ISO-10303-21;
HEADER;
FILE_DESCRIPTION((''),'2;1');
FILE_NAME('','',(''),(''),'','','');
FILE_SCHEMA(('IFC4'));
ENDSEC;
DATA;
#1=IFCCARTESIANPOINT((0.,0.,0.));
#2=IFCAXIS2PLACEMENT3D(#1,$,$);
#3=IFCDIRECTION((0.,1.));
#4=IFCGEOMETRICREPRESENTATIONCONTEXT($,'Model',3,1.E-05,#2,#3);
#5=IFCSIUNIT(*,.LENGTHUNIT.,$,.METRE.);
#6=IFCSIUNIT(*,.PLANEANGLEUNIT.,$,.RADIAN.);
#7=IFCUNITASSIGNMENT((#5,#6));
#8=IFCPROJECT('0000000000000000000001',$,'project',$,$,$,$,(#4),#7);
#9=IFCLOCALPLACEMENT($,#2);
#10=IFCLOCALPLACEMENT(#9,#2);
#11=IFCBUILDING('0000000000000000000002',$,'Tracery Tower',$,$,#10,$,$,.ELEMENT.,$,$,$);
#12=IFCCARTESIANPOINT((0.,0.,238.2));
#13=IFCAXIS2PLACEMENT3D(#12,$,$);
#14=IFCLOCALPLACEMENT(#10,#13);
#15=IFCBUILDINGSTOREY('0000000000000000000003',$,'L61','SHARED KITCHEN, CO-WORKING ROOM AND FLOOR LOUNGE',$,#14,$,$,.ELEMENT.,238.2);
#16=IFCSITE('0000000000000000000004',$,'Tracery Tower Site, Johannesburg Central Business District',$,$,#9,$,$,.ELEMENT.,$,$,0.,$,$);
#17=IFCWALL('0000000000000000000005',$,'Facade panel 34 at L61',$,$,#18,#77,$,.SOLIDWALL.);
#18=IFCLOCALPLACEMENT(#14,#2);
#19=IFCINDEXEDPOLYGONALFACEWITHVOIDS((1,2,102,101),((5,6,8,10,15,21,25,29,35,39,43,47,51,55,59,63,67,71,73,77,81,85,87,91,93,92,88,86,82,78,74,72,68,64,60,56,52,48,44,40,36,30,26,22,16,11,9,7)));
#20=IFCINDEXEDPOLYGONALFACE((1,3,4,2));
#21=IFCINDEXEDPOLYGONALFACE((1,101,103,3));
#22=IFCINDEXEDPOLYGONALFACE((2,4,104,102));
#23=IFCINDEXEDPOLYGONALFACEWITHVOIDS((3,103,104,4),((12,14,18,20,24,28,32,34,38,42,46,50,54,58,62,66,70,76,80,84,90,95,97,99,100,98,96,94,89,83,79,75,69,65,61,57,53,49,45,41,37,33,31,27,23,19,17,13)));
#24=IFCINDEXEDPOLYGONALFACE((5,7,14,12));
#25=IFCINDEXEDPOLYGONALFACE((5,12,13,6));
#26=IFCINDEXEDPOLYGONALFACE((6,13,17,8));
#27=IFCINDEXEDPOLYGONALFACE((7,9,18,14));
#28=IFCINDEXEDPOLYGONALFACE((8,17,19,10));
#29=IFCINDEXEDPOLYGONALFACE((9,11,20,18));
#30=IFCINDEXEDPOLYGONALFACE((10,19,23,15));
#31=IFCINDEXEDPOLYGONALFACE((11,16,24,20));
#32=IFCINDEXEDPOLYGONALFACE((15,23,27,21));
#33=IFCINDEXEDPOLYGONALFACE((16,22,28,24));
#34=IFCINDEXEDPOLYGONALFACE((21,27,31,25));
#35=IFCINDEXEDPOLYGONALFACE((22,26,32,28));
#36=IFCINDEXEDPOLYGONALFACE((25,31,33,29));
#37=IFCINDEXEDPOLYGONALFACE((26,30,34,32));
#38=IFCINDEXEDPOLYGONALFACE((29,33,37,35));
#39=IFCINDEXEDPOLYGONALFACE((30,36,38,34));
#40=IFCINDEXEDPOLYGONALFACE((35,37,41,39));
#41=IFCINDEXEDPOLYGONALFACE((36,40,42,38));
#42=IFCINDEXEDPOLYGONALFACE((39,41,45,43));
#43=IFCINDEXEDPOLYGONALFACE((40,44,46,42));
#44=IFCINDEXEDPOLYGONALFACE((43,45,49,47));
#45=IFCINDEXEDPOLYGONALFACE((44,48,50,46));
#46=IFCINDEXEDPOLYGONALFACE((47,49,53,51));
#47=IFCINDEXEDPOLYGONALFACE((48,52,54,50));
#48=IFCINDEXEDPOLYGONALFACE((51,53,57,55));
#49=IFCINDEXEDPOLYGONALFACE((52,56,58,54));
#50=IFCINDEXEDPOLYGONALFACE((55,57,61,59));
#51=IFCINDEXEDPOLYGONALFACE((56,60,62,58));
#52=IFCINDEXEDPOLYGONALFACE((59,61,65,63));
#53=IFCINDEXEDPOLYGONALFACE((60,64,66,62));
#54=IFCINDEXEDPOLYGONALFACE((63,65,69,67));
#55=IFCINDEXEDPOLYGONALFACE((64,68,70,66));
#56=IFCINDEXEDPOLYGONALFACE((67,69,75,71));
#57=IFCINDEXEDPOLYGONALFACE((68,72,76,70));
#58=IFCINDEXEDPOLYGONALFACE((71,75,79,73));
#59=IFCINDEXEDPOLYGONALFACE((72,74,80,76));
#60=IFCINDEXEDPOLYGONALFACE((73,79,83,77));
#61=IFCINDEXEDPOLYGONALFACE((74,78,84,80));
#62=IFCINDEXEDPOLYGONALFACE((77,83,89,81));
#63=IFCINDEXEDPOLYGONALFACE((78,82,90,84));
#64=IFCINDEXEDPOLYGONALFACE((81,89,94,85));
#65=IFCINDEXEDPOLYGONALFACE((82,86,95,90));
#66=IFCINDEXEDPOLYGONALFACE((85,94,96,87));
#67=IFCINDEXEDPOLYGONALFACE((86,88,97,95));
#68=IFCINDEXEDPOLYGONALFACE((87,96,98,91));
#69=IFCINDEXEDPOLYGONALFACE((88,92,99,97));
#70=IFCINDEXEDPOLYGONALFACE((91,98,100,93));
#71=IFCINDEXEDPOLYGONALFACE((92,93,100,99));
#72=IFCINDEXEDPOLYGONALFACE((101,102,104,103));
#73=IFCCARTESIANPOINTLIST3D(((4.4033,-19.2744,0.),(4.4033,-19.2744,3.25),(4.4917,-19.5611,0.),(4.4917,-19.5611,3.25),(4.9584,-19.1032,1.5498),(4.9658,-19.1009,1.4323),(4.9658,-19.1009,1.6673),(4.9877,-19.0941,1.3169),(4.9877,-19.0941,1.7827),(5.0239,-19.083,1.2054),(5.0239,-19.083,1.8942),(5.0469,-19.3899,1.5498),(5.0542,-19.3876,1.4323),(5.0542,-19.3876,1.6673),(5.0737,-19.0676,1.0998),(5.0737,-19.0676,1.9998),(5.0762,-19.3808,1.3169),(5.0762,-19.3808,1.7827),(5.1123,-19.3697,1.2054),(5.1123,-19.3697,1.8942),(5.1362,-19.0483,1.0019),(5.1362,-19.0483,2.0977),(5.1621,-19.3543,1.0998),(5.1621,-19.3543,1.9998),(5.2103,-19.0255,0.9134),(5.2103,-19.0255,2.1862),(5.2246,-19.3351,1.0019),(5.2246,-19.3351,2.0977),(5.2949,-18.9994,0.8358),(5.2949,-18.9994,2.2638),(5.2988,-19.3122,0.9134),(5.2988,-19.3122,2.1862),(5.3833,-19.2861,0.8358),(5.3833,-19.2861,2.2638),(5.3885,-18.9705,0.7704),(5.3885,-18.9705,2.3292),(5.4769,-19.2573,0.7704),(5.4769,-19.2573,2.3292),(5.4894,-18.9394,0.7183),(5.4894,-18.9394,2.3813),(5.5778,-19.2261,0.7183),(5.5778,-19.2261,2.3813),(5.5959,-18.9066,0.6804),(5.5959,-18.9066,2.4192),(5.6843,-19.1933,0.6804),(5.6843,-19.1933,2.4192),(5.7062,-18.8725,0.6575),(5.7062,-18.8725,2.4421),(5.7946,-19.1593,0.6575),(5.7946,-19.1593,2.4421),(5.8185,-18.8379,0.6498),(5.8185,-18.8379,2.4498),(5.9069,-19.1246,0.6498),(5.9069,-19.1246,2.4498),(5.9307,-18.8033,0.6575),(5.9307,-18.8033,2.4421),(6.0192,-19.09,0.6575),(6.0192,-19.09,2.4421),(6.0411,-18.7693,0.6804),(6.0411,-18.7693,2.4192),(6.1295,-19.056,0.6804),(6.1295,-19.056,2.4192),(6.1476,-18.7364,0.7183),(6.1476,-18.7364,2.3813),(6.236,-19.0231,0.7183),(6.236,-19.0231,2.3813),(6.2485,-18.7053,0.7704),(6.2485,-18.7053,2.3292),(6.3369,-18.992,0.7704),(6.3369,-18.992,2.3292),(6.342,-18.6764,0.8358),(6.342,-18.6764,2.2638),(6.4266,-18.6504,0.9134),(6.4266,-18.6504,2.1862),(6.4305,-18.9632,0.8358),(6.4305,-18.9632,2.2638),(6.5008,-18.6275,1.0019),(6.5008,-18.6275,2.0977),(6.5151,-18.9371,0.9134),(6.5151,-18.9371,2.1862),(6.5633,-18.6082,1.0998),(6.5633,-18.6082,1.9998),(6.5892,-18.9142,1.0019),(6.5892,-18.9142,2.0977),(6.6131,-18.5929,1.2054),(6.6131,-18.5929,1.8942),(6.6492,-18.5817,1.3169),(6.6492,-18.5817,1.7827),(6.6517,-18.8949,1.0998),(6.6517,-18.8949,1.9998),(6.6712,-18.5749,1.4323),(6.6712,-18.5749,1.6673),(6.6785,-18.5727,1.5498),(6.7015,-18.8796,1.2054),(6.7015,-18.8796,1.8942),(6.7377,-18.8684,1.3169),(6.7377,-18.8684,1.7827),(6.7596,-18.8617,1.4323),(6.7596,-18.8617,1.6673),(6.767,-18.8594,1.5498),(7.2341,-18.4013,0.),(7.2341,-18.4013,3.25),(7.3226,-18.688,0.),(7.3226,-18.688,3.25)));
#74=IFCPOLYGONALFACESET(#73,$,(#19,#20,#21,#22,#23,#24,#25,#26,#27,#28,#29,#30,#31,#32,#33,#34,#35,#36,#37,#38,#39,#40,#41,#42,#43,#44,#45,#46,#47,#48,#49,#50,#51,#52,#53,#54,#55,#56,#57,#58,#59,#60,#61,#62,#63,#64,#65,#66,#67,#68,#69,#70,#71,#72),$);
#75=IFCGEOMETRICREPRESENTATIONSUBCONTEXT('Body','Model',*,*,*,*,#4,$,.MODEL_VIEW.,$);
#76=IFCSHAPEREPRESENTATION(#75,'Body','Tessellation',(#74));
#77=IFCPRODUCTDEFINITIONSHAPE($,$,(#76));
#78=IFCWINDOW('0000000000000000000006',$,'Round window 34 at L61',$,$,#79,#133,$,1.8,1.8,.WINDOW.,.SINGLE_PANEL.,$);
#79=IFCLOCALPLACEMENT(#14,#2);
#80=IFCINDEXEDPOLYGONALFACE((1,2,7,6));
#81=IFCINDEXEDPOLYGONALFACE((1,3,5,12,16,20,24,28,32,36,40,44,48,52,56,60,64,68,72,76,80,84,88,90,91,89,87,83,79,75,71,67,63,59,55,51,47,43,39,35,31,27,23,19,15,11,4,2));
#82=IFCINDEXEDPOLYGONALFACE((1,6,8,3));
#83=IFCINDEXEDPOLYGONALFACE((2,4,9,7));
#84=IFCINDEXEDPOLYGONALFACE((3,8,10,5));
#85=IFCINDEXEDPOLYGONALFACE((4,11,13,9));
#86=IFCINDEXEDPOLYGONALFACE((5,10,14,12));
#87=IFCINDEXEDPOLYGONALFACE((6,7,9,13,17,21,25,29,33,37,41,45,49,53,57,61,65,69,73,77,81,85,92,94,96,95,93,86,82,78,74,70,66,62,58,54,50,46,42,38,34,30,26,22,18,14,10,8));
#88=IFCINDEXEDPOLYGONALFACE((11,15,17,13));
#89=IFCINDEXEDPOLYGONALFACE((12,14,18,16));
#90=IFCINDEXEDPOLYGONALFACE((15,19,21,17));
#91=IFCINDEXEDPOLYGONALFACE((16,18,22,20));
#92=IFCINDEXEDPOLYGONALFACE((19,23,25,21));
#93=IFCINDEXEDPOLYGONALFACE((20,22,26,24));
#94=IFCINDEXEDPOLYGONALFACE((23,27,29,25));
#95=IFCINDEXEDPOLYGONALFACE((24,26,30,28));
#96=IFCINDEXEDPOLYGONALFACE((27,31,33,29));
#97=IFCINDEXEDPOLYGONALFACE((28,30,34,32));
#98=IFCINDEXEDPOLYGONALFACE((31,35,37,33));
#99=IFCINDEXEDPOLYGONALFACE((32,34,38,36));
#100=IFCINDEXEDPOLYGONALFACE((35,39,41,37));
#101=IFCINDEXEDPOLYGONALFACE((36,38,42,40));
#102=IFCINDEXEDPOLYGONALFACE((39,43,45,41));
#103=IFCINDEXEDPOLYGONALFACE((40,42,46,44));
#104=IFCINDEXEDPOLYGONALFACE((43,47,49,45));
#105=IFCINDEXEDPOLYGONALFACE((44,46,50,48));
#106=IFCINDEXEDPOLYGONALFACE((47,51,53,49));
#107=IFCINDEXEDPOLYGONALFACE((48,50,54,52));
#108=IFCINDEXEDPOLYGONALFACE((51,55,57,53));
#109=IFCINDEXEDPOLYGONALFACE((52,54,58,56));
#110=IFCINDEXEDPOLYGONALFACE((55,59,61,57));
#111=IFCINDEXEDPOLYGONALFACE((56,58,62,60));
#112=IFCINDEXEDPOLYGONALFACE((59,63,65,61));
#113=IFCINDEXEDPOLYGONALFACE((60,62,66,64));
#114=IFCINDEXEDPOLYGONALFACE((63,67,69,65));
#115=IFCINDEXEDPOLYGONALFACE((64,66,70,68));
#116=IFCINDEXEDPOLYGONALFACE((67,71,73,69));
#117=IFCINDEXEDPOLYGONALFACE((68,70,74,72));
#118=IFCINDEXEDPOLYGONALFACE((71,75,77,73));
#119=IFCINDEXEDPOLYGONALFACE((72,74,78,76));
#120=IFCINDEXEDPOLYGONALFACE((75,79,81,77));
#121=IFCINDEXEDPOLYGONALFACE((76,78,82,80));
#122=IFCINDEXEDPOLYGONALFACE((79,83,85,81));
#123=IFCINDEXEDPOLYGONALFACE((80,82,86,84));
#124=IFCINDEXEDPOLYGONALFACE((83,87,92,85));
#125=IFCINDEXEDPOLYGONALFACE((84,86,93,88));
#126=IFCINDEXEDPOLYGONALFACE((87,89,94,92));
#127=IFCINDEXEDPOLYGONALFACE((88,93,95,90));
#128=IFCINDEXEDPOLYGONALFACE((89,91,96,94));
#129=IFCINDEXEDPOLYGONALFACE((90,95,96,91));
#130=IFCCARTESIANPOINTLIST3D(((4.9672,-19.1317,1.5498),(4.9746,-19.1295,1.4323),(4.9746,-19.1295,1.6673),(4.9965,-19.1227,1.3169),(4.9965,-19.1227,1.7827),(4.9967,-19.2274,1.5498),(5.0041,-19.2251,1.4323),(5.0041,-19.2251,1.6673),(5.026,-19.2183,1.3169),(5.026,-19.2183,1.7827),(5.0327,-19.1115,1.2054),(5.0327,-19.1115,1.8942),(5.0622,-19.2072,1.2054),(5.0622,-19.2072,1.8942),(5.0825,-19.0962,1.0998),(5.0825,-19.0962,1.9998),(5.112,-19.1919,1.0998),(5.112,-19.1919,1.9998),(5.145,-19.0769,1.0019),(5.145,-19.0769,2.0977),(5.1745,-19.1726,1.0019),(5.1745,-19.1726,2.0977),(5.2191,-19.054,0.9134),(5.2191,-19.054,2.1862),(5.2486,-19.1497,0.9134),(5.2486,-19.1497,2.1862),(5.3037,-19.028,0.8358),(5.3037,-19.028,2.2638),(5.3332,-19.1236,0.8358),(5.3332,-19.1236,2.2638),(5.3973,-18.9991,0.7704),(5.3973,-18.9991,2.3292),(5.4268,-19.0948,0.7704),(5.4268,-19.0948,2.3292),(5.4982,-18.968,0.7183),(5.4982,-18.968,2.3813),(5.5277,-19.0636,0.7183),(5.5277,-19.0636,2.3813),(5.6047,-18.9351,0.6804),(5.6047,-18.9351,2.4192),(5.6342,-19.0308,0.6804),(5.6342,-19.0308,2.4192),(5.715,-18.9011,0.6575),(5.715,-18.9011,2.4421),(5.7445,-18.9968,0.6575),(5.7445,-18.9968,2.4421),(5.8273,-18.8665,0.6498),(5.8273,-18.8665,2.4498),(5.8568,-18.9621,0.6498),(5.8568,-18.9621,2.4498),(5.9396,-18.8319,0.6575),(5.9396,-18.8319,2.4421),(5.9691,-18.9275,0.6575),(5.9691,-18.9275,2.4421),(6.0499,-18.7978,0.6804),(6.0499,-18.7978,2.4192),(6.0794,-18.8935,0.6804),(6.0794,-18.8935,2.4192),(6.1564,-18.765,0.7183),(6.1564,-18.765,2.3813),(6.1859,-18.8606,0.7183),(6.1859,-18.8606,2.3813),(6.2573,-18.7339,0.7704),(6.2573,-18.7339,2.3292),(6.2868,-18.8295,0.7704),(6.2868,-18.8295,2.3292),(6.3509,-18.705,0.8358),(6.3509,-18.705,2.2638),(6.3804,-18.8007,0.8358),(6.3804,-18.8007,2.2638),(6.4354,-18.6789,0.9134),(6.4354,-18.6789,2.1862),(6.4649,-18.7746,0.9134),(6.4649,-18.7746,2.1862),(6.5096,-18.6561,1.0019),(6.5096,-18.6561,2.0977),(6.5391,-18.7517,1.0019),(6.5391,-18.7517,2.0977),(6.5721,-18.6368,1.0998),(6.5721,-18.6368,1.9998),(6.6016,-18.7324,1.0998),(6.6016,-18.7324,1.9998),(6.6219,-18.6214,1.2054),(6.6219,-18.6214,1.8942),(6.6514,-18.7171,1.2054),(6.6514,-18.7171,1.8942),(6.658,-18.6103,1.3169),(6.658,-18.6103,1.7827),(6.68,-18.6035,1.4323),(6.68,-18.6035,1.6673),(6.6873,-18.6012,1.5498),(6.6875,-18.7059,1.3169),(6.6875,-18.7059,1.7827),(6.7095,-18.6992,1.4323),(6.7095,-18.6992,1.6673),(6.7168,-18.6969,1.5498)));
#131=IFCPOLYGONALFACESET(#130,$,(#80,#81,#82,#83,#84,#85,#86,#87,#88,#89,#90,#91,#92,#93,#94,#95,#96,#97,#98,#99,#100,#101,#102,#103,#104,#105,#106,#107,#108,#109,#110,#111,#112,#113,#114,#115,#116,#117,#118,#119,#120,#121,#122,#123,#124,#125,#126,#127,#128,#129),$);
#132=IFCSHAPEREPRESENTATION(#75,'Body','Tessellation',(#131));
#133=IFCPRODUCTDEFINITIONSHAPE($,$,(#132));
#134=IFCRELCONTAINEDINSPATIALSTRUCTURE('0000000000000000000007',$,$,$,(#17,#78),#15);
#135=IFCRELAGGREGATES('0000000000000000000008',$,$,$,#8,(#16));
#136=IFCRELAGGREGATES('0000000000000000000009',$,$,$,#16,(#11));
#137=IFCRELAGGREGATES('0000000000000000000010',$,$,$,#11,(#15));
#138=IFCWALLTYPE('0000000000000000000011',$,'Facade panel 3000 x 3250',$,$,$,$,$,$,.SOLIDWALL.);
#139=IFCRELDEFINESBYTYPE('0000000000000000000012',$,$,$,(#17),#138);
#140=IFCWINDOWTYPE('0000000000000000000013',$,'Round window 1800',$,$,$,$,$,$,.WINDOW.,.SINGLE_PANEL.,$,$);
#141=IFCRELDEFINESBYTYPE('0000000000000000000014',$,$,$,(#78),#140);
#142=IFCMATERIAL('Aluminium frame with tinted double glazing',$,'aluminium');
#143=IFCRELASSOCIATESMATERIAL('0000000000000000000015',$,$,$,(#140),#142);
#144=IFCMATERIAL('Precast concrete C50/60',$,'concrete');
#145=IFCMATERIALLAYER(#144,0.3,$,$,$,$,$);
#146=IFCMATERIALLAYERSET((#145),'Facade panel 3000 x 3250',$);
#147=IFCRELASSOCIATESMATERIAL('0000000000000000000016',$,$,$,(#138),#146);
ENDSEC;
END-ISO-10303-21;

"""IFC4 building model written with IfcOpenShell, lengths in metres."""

from ifc_helpers import new_model, si_unit, direction, frame, frame_2d, origin, origin_2d, place, context, subcontext, project, spatial, rectangle, circle, extrude, material, layer, layer_set, type_object, element, fill, save


model = new_model("IFC4")

# Units and contexts
model_context = context("Model", 3, precision=1e-05, world=origin(), true_north=direction((0.0, 1.0)))
body_context = subcontext(model_context, "Body", "Model", "MODEL_VIEW")
ifc_project = project(units=[si_unit("LENGTHUNIT", "METRE"), si_unit("PLANEANGLEUNIT", "RADIAN")], contexts=[model_context])

# Site, building, storey
site_placement = place(None, origin())
site = spatial("IfcSite", under=ifc_project, at=site_placement, Name="Tracery Tower Site, Johannesburg Central Business District", CompositionType="ELEMENT", RefElevation=0.0)
building_placement = place(site_placement, origin())
building = spatial("IfcBuilding", under=site, at=building_placement, Name="Tracery Tower", CompositionType="ELEMENT")
storey_placement = place(building_placement, frame((0.0, 0.0, 238.2)))
storey = spatial("IfcBuildingStorey", under=building, at=storey_placement, Name="L61", Description="SHARED KITCHEN, CO-WORKING ROOM AND FLOOR LOUNGE", CompositionType="ELEMENT", Elevation=238.2)

# Wall, opening, window
ifc_material_1 = material(Name="Aluminium frame with tinted double glazing", Category="aluminium")
window_type = type_object("IfcWindowType", Name="Round window 1800", PartitioningType="SINGLE_PANEL", PredefinedType="WINDOW", material=ifc_material_1)
ifc_material_2 = material(Name="Precast concrete C50/60", Category="concrete")
ifc_layer_1 = layer(ifc_material_2, 0.3)
ifc_layer_set_1 = layer_set([ifc_layer_1], Name="Facade panel 3000 x 3250")
wall_type_1 = type_object("IfcWallType", Name="Facade panel 3000 x 3250", PredefinedType="SOLIDWALL", material=ifc_layer_set_1)
wall_1_placement = place(storey_placement, frame((4.4475, -19.4177, 0.0), z_axis=(0.0, 0.0, 1.0), x_axis=(0.955586, 0.294711, 0.0)))
wall_1 = element("IfcWall", 1, at=wall_1_placement, inside=storey, type_object=wall_type_1, Name="Facade panel 34 at L61", PredefinedType="SOLIDWALL", context=body_context, shape_type="SweptSolid", body=[
    extrude(rectangle(XDim=2.9624, YDim=0.3, at=frame_2d((1.4812, 0.0))), origin(), (0.0, 0.0, 1.0), 3.25),
])
opening_1_placement = place(wall_1_placement, frame((1.481, 0.0, 1.5498)))
opening_1 = element("IfcOpeningElement", 2, at=opening_1_placement, cuts=wall_1, PredefinedType="OPENING", context=body_context, shape_type="SweptSolid", body=[
    extrude(circle(Radius=0.9, at=origin_2d()), frame((0.0, 0.1599, 0.0), z_axis=(0.0, -1.0, 0.0), x_axis=(1.0, 0.0, 0.0)), (0.0, 0.0, 1.0), 0.3201),
])
window_1_placement = place(opening_1_placement, origin())
window_1 = element("IfcWindow", 3, at=window_1_placement, inside=storey, type_object=window_type, Name="Round window 34 at L61", OverallHeight=1.8, OverallWidth=1.8, PartitioningType="SINGLE_PANEL", PredefinedType="WINDOW", context=body_context, shape_type="SweptSolid", body=[
    extrude(circle(Radius=0.9, at=origin_2d()), frame((0.0, 0.1201, 0.0), z_axis=(0.0, -1.0, 0.0), x_axis=(1.0, 0.0, 0.0)), (0.0, 0.0, 1.0), 0.1001),
])
fill(opening_1, window_1)

save(model, "model.ifc")
